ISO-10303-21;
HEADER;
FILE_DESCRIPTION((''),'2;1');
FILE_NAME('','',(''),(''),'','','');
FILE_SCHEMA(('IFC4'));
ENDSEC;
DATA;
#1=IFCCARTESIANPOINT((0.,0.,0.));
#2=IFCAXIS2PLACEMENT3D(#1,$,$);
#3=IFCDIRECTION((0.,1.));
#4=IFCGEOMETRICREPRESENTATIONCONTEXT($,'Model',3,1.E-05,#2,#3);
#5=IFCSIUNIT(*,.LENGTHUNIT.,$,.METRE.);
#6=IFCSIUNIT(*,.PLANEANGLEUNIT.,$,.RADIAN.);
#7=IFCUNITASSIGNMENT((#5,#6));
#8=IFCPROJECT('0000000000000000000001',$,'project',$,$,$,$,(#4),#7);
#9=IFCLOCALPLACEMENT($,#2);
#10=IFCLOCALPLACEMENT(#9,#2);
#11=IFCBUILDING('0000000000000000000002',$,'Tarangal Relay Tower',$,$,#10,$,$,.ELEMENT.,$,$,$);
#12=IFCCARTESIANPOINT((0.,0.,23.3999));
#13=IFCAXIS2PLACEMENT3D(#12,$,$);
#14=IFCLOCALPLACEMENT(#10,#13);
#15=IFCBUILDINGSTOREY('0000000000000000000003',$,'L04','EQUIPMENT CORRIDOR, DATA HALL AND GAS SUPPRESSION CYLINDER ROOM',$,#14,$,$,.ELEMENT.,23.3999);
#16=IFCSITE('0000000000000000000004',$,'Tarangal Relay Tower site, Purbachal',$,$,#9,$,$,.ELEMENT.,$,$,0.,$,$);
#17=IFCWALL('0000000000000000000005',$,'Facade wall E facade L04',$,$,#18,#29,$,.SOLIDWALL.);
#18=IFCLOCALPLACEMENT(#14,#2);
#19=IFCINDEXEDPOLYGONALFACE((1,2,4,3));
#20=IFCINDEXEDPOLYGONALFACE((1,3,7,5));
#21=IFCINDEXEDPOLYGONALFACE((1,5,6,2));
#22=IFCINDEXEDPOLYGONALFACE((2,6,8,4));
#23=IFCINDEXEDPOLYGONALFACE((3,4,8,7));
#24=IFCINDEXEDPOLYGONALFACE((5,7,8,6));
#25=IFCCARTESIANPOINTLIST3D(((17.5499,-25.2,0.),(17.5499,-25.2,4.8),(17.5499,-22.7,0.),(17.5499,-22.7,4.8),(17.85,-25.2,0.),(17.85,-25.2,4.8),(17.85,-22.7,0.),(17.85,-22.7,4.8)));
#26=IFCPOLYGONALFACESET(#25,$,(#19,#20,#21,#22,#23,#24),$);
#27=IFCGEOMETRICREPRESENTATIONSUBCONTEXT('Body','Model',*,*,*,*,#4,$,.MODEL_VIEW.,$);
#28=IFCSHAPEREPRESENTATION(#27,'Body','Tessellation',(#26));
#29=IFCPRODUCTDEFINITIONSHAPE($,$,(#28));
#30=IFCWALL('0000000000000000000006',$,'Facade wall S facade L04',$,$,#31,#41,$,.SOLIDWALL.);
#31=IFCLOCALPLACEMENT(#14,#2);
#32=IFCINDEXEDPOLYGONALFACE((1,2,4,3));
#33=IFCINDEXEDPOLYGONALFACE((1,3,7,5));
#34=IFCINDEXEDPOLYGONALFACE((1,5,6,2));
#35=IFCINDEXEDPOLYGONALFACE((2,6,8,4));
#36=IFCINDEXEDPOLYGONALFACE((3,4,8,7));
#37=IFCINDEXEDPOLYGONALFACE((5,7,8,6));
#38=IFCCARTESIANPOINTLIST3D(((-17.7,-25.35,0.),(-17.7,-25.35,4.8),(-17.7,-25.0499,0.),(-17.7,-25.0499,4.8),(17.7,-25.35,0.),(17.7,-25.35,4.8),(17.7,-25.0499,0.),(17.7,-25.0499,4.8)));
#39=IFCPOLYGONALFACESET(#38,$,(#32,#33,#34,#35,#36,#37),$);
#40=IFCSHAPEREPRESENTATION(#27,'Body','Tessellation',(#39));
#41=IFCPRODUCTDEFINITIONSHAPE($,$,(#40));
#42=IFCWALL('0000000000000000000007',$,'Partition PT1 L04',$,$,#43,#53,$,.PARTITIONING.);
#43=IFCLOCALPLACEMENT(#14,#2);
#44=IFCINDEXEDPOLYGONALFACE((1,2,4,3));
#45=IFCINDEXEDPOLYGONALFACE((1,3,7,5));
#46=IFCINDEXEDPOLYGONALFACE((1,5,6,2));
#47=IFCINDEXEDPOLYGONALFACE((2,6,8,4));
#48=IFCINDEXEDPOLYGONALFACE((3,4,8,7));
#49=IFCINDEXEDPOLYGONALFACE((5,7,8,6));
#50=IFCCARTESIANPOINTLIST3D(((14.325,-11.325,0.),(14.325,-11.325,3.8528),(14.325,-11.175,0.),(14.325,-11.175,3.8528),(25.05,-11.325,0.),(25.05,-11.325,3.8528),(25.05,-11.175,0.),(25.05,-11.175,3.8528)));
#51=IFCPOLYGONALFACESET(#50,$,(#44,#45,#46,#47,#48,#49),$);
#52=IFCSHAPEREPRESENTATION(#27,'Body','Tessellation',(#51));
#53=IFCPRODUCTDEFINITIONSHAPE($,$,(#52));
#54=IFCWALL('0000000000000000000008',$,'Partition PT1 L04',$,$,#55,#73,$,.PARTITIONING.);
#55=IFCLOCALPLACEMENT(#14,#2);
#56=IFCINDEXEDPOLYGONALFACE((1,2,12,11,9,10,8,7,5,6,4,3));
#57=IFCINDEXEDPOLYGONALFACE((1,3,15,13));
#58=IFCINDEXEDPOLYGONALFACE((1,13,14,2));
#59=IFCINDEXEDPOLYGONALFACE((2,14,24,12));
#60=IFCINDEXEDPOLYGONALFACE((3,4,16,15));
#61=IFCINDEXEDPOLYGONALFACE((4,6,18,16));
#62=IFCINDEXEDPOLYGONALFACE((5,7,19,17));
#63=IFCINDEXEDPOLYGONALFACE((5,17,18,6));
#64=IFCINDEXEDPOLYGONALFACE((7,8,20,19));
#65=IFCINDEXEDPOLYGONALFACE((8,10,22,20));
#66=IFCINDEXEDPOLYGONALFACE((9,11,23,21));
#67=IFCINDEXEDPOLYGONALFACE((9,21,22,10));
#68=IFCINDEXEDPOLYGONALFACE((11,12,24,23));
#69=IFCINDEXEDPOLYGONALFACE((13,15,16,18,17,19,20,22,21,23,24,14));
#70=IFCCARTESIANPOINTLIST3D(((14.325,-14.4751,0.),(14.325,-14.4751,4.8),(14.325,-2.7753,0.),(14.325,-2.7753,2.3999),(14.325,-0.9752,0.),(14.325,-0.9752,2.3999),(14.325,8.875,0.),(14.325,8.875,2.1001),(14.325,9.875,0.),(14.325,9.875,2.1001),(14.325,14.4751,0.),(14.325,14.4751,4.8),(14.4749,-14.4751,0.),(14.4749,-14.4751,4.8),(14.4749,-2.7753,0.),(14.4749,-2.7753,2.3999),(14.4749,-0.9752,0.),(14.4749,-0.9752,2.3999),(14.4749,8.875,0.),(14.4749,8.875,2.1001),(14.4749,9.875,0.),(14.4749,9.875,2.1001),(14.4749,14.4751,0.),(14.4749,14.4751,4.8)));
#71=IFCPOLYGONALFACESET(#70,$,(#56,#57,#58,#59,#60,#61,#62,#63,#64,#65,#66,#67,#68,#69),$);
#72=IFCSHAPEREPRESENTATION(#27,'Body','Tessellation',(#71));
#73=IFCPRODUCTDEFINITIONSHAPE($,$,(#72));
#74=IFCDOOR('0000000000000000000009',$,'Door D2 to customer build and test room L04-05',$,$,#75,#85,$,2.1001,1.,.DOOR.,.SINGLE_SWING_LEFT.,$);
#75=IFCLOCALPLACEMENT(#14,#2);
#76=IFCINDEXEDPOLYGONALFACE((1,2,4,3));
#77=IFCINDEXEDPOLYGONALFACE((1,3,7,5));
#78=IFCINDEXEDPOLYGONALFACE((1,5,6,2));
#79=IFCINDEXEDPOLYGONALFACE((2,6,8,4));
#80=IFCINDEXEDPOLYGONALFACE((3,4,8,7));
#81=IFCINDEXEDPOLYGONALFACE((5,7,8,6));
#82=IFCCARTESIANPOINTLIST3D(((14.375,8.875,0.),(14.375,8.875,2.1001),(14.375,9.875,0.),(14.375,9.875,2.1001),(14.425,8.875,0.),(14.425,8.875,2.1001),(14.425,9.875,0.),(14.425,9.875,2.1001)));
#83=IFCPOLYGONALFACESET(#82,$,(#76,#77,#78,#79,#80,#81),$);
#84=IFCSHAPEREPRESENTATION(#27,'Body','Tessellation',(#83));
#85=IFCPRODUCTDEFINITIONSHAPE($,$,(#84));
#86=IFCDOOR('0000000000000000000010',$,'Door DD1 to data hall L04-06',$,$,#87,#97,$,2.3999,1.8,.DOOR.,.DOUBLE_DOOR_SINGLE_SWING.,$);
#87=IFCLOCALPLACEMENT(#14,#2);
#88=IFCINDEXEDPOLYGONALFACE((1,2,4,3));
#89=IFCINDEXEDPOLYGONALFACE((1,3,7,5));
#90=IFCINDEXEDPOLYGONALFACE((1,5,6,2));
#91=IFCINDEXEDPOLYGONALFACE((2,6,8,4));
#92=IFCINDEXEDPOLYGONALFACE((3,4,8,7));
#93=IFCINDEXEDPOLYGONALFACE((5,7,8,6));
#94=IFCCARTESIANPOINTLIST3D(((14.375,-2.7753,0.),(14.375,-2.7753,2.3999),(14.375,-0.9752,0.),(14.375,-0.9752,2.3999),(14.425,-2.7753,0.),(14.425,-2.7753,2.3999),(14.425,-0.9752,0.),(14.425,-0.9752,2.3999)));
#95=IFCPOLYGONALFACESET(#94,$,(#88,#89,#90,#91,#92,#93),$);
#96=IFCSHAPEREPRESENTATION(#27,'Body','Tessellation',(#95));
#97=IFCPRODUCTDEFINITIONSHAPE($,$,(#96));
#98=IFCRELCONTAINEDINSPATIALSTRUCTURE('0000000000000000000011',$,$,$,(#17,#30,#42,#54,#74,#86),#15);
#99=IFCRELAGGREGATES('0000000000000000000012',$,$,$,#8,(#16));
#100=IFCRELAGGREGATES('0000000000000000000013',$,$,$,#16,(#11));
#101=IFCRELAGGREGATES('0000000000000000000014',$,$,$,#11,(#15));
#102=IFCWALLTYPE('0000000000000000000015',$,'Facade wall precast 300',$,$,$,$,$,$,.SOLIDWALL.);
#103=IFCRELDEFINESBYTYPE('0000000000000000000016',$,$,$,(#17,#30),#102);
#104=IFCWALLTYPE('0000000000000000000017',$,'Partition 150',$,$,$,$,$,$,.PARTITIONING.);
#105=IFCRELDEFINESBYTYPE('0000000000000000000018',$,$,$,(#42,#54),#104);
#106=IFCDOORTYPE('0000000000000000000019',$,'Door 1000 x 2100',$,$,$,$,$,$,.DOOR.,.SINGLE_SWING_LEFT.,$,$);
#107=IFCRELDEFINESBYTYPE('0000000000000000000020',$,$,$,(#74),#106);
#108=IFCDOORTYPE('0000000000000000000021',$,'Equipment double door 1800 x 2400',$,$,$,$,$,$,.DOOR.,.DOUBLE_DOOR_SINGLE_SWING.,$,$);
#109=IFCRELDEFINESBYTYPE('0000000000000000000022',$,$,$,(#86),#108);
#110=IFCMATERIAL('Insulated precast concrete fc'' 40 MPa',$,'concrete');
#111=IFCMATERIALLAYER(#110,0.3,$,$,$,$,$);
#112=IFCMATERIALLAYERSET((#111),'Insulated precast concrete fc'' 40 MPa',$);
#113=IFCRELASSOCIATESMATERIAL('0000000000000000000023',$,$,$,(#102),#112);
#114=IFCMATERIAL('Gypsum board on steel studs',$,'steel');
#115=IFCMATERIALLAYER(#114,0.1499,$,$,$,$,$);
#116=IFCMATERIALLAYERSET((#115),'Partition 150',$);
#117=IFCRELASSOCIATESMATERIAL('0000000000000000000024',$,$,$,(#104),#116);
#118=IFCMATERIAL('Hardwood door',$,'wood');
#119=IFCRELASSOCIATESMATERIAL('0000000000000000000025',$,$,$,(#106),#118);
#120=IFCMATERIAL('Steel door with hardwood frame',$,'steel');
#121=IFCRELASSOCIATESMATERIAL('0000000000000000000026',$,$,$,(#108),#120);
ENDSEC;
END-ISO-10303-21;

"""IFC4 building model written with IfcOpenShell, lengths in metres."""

from ifc_helpers import new_model, si_unit, direction, frame, frame_2d, origin, place, context, subcontext, project, spatial, rectangle, extrude, material, layer, layer_set, type_object, element, fill, save


model = new_model("IFC4")

# Units and contexts
model_context = context("Model", 3, precision=1e-05, world=origin(), true_north=direction((0.0, 1.0)))
body_context = subcontext(model_context, "Body", "Model", "MODEL_VIEW")
ifc_project = project(units=[si_unit("LENGTHUNIT", "METRE"), si_unit("PLANEANGLEUNIT", "RADIAN")], contexts=[model_context])

# Site, building, storey
site_placement = place(None, origin())
site = spatial("IfcSite", under=ifc_project, at=site_placement, Name="Tarangal Relay Tower site, Purbachal", CompositionType="ELEMENT", RefElevation=0.0)
building_placement = place(site_placement, origin())
building = spatial("IfcBuilding", under=site, at=building_placement, Name="Tarangal Relay Tower", CompositionType="ELEMENT")
storey_placement = place(building_placement, frame((0.0, 0.0, 23.3999)))
storey = spatial("IfcBuildingStorey", under=building, at=storey_placement, Name="L04", Description="EQUIPMENT CORRIDOR, DATA HALL AND GAS SUPPRESSION CYLINDER ROOM", CompositionType="ELEMENT", Elevation=23.3999)

# Shared definitions
ifc_material_1 = material(Name="Steel door with hardwood frame", Category="steel")

# Shared definitions
ifc_material_2 = material(Name="Insulated precast concrete fc' 40 MPa", Category="concrete")
ifc_layer_1 = layer(ifc_material_2, 0.3)
ifc_layer_set_1 = layer_set([ifc_layer_1], Name="Insulated precast concrete fc' 40 MPa")
wall_type_1 = type_object("IfcWallType", Name="Facade wall precast 300", PredefinedType="SOLIDWALL", material=ifc_layer_set_1)

# Walls
for number, where, z_axis, x_axis, name in (
    (1, (17.7, -22.7, 0.0), (0.0, 0.0, 1.0), (0.0, -1.0, 0.0), "Facade wall E facade L04"),
):
    element("IfcWall", number, at=place(storey_placement, frame(where, z_axis=z_axis, x_axis=x_axis)), inside=storey, type_object=wall_type_1, Name=name, PredefinedType="SOLIDWALL", context=body_context, shape_type="SweptSolid", body=[
        extrude(rectangle(XDim=2.5, YDim=0.3, at=frame_2d((1.25, 0.0))), origin(), (0.0, 0.0, 1.0), 4.8),
    ])
wall_1_placement = place(storey_placement, frame((17.7, -25.2, 0.0), z_axis=(0.0, 0.0, 1.0), x_axis=(-1.0, 0.0, 0.0)))
element("IfcWall", 2, at=wall_1_placement, inside=storey, type_object=wall_type_1, Name="Facade wall S facade L04", PredefinedType="SOLIDWALL", context=body_context, shape_type="SweptSolid", body=[
    extrude(rectangle(XDim=35.3999, YDim=0.3, at=frame_2d((17.7, 0.0))), origin(), (0.0, 0.0, 1.0), 4.8),
])
ifc_material_3 = material(Name="Gypsum board on steel studs", Category="steel")
ifc_layer_2 = layer(ifc_material_3, 0.1499)
ifc_layer_set_2 = layer_set([ifc_layer_2], Name="Partition 150")
wall_type_2 = type_object("IfcWallType", Name="Partition 150", PredefinedType="PARTITIONING", material=ifc_layer_set_2)
wall_2_placement = place(storey_placement, frame((14.325, -11.25, 0.0), z_axis=(0.0, 0.0, 1.0), x_axis=(1.0, 0.0, 0.0)))
element("IfcWall", 3, at=wall_2_placement, inside=storey, type_object=wall_type_2, Name="Partition PT1 L04", PredefinedType="PARTITIONING", context=body_context, shape_type="SweptSolid", body=[
    extrude(rectangle(XDim=10.7251, YDim=0.1499, at=frame_2d((5.3625, 0.0))), origin(), (0.0, 0.0, 1.0), 3.8528),
])

# Wall, openings, doors
wall_3_placement = place(storey_placement, frame((14.3999, -14.4751, 0.0), z_axis=(0.0, 0.0, 1.0), x_axis=(0.0, 1.0, 0.0)))
wall_3 = element("IfcWall", 4, at=wall_3_placement, inside=storey, type_object=wall_type_2, Name="Partition PT1 L04", PredefinedType="PARTITIONING", context=body_context, shape_type="SweptSolid", body=[
    extrude(rectangle(XDim=28.9502, YDim=0.1499, at=frame_2d((14.4751, 0.0))), origin(), (0.0, 0.0, 1.0), 4.8),
])
opening_1_placement = place(wall_3_placement, frame((23.3501, 0.0, 0.0)))
opening_1 = element("IfcOpeningElement", 5, at=opening_1_placement, cuts=wall_3, PredefinedType="OPENING", context=body_context, shape_type="SweptSolid", body=[
    extrude(rectangle(XDim=1.0, YDim=2.1001, at=frame_2d((0.5, 1.05))), frame((0.0, 0.085, 0.0), z_axis=(0.0, -1.0, 0.0), x_axis=(1.0, 0.0, 0.0)), (0.0, 0.0, 1.0), 0.1699),
])
opening_2_placement = place(wall_3_placement, frame((11.7, 0.0, 0.0)))
opening_2 = element("IfcOpeningElement", 6, at=opening_2_placement, cuts=wall_3, PredefinedType="OPENING", context=body_context, shape_type="SweptSolid", body=[
    extrude(rectangle(XDim=1.8, YDim=2.3999, at=frame_2d((0.8999, 1.2))), frame((0.0, 0.085, 0.0), z_axis=(0.0, -1.0, 0.0), x_axis=(1.0, 0.0, 0.0)), (0.0, 0.0, 1.0), 0.1699),
])
ifc_material_4 = material(Name="Hardwood door", Category="wood")
door_type_1 = type_object("IfcDoorType", Name="Door 1000 x 2100", OperationType="SINGLE_SWING_LEFT", PredefinedType="DOOR", material=ifc_material_4)
door_1_placement = place(opening_1_placement, origin())
door_1 = element("IfcDoor", 7, at=door_1_placement, inside=storey, type_object=door_type_1, Name="Door D2 to customer build and test room L04-05", OperationType="SINGLE_SWING_LEFT", OverallHeight=2.1001, OverallWidth=1.0, PredefinedType="DOOR", context=body_context, shape_type="SweptSolid", body=[
    extrude(rectangle(XDim=1.0, YDim=2.1001, at=frame_2d((0.5, 1.05))), frame((0.0, 0.0249, 0.0), z_axis=(0.0, -1.0, 0.0), x_axis=(1.0, 0.0, 0.0)), (0.0, 0.0, 1.0), 0.05),
])
fill(opening_1, door_1)
door_type_2 = type_object("IfcDoorType", Name="Equipment double door 1800 x 2400", OperationType="DOUBLE_DOOR_SINGLE_SWING", PredefinedType="DOOR", material=ifc_material_1)
door_2_placement = place(opening_2_placement, origin())
door_2 = element("IfcDoor", 8, at=door_2_placement, inside=storey, type_object=door_type_2, Name="Door DD1 to data hall L04-06", OperationType="DOUBLE_DOOR_SINGLE_SWING", OverallHeight=2.3999, OverallWidth=1.8, PredefinedType="DOOR", context=body_context, shape_type="SweptSolid", body=[
    extrude(rectangle(XDim=1.8, YDim=2.3999, at=frame_2d((0.8999, 1.2))), frame((0.0, 0.0249, 0.0), z_axis=(0.0, -1.0, 0.0), x_axis=(1.0, 0.0, 0.0)), (0.0, 0.0, 1.0), 0.05),
])
fill(opening_2, door_2)

save(model, "model.ifc")
